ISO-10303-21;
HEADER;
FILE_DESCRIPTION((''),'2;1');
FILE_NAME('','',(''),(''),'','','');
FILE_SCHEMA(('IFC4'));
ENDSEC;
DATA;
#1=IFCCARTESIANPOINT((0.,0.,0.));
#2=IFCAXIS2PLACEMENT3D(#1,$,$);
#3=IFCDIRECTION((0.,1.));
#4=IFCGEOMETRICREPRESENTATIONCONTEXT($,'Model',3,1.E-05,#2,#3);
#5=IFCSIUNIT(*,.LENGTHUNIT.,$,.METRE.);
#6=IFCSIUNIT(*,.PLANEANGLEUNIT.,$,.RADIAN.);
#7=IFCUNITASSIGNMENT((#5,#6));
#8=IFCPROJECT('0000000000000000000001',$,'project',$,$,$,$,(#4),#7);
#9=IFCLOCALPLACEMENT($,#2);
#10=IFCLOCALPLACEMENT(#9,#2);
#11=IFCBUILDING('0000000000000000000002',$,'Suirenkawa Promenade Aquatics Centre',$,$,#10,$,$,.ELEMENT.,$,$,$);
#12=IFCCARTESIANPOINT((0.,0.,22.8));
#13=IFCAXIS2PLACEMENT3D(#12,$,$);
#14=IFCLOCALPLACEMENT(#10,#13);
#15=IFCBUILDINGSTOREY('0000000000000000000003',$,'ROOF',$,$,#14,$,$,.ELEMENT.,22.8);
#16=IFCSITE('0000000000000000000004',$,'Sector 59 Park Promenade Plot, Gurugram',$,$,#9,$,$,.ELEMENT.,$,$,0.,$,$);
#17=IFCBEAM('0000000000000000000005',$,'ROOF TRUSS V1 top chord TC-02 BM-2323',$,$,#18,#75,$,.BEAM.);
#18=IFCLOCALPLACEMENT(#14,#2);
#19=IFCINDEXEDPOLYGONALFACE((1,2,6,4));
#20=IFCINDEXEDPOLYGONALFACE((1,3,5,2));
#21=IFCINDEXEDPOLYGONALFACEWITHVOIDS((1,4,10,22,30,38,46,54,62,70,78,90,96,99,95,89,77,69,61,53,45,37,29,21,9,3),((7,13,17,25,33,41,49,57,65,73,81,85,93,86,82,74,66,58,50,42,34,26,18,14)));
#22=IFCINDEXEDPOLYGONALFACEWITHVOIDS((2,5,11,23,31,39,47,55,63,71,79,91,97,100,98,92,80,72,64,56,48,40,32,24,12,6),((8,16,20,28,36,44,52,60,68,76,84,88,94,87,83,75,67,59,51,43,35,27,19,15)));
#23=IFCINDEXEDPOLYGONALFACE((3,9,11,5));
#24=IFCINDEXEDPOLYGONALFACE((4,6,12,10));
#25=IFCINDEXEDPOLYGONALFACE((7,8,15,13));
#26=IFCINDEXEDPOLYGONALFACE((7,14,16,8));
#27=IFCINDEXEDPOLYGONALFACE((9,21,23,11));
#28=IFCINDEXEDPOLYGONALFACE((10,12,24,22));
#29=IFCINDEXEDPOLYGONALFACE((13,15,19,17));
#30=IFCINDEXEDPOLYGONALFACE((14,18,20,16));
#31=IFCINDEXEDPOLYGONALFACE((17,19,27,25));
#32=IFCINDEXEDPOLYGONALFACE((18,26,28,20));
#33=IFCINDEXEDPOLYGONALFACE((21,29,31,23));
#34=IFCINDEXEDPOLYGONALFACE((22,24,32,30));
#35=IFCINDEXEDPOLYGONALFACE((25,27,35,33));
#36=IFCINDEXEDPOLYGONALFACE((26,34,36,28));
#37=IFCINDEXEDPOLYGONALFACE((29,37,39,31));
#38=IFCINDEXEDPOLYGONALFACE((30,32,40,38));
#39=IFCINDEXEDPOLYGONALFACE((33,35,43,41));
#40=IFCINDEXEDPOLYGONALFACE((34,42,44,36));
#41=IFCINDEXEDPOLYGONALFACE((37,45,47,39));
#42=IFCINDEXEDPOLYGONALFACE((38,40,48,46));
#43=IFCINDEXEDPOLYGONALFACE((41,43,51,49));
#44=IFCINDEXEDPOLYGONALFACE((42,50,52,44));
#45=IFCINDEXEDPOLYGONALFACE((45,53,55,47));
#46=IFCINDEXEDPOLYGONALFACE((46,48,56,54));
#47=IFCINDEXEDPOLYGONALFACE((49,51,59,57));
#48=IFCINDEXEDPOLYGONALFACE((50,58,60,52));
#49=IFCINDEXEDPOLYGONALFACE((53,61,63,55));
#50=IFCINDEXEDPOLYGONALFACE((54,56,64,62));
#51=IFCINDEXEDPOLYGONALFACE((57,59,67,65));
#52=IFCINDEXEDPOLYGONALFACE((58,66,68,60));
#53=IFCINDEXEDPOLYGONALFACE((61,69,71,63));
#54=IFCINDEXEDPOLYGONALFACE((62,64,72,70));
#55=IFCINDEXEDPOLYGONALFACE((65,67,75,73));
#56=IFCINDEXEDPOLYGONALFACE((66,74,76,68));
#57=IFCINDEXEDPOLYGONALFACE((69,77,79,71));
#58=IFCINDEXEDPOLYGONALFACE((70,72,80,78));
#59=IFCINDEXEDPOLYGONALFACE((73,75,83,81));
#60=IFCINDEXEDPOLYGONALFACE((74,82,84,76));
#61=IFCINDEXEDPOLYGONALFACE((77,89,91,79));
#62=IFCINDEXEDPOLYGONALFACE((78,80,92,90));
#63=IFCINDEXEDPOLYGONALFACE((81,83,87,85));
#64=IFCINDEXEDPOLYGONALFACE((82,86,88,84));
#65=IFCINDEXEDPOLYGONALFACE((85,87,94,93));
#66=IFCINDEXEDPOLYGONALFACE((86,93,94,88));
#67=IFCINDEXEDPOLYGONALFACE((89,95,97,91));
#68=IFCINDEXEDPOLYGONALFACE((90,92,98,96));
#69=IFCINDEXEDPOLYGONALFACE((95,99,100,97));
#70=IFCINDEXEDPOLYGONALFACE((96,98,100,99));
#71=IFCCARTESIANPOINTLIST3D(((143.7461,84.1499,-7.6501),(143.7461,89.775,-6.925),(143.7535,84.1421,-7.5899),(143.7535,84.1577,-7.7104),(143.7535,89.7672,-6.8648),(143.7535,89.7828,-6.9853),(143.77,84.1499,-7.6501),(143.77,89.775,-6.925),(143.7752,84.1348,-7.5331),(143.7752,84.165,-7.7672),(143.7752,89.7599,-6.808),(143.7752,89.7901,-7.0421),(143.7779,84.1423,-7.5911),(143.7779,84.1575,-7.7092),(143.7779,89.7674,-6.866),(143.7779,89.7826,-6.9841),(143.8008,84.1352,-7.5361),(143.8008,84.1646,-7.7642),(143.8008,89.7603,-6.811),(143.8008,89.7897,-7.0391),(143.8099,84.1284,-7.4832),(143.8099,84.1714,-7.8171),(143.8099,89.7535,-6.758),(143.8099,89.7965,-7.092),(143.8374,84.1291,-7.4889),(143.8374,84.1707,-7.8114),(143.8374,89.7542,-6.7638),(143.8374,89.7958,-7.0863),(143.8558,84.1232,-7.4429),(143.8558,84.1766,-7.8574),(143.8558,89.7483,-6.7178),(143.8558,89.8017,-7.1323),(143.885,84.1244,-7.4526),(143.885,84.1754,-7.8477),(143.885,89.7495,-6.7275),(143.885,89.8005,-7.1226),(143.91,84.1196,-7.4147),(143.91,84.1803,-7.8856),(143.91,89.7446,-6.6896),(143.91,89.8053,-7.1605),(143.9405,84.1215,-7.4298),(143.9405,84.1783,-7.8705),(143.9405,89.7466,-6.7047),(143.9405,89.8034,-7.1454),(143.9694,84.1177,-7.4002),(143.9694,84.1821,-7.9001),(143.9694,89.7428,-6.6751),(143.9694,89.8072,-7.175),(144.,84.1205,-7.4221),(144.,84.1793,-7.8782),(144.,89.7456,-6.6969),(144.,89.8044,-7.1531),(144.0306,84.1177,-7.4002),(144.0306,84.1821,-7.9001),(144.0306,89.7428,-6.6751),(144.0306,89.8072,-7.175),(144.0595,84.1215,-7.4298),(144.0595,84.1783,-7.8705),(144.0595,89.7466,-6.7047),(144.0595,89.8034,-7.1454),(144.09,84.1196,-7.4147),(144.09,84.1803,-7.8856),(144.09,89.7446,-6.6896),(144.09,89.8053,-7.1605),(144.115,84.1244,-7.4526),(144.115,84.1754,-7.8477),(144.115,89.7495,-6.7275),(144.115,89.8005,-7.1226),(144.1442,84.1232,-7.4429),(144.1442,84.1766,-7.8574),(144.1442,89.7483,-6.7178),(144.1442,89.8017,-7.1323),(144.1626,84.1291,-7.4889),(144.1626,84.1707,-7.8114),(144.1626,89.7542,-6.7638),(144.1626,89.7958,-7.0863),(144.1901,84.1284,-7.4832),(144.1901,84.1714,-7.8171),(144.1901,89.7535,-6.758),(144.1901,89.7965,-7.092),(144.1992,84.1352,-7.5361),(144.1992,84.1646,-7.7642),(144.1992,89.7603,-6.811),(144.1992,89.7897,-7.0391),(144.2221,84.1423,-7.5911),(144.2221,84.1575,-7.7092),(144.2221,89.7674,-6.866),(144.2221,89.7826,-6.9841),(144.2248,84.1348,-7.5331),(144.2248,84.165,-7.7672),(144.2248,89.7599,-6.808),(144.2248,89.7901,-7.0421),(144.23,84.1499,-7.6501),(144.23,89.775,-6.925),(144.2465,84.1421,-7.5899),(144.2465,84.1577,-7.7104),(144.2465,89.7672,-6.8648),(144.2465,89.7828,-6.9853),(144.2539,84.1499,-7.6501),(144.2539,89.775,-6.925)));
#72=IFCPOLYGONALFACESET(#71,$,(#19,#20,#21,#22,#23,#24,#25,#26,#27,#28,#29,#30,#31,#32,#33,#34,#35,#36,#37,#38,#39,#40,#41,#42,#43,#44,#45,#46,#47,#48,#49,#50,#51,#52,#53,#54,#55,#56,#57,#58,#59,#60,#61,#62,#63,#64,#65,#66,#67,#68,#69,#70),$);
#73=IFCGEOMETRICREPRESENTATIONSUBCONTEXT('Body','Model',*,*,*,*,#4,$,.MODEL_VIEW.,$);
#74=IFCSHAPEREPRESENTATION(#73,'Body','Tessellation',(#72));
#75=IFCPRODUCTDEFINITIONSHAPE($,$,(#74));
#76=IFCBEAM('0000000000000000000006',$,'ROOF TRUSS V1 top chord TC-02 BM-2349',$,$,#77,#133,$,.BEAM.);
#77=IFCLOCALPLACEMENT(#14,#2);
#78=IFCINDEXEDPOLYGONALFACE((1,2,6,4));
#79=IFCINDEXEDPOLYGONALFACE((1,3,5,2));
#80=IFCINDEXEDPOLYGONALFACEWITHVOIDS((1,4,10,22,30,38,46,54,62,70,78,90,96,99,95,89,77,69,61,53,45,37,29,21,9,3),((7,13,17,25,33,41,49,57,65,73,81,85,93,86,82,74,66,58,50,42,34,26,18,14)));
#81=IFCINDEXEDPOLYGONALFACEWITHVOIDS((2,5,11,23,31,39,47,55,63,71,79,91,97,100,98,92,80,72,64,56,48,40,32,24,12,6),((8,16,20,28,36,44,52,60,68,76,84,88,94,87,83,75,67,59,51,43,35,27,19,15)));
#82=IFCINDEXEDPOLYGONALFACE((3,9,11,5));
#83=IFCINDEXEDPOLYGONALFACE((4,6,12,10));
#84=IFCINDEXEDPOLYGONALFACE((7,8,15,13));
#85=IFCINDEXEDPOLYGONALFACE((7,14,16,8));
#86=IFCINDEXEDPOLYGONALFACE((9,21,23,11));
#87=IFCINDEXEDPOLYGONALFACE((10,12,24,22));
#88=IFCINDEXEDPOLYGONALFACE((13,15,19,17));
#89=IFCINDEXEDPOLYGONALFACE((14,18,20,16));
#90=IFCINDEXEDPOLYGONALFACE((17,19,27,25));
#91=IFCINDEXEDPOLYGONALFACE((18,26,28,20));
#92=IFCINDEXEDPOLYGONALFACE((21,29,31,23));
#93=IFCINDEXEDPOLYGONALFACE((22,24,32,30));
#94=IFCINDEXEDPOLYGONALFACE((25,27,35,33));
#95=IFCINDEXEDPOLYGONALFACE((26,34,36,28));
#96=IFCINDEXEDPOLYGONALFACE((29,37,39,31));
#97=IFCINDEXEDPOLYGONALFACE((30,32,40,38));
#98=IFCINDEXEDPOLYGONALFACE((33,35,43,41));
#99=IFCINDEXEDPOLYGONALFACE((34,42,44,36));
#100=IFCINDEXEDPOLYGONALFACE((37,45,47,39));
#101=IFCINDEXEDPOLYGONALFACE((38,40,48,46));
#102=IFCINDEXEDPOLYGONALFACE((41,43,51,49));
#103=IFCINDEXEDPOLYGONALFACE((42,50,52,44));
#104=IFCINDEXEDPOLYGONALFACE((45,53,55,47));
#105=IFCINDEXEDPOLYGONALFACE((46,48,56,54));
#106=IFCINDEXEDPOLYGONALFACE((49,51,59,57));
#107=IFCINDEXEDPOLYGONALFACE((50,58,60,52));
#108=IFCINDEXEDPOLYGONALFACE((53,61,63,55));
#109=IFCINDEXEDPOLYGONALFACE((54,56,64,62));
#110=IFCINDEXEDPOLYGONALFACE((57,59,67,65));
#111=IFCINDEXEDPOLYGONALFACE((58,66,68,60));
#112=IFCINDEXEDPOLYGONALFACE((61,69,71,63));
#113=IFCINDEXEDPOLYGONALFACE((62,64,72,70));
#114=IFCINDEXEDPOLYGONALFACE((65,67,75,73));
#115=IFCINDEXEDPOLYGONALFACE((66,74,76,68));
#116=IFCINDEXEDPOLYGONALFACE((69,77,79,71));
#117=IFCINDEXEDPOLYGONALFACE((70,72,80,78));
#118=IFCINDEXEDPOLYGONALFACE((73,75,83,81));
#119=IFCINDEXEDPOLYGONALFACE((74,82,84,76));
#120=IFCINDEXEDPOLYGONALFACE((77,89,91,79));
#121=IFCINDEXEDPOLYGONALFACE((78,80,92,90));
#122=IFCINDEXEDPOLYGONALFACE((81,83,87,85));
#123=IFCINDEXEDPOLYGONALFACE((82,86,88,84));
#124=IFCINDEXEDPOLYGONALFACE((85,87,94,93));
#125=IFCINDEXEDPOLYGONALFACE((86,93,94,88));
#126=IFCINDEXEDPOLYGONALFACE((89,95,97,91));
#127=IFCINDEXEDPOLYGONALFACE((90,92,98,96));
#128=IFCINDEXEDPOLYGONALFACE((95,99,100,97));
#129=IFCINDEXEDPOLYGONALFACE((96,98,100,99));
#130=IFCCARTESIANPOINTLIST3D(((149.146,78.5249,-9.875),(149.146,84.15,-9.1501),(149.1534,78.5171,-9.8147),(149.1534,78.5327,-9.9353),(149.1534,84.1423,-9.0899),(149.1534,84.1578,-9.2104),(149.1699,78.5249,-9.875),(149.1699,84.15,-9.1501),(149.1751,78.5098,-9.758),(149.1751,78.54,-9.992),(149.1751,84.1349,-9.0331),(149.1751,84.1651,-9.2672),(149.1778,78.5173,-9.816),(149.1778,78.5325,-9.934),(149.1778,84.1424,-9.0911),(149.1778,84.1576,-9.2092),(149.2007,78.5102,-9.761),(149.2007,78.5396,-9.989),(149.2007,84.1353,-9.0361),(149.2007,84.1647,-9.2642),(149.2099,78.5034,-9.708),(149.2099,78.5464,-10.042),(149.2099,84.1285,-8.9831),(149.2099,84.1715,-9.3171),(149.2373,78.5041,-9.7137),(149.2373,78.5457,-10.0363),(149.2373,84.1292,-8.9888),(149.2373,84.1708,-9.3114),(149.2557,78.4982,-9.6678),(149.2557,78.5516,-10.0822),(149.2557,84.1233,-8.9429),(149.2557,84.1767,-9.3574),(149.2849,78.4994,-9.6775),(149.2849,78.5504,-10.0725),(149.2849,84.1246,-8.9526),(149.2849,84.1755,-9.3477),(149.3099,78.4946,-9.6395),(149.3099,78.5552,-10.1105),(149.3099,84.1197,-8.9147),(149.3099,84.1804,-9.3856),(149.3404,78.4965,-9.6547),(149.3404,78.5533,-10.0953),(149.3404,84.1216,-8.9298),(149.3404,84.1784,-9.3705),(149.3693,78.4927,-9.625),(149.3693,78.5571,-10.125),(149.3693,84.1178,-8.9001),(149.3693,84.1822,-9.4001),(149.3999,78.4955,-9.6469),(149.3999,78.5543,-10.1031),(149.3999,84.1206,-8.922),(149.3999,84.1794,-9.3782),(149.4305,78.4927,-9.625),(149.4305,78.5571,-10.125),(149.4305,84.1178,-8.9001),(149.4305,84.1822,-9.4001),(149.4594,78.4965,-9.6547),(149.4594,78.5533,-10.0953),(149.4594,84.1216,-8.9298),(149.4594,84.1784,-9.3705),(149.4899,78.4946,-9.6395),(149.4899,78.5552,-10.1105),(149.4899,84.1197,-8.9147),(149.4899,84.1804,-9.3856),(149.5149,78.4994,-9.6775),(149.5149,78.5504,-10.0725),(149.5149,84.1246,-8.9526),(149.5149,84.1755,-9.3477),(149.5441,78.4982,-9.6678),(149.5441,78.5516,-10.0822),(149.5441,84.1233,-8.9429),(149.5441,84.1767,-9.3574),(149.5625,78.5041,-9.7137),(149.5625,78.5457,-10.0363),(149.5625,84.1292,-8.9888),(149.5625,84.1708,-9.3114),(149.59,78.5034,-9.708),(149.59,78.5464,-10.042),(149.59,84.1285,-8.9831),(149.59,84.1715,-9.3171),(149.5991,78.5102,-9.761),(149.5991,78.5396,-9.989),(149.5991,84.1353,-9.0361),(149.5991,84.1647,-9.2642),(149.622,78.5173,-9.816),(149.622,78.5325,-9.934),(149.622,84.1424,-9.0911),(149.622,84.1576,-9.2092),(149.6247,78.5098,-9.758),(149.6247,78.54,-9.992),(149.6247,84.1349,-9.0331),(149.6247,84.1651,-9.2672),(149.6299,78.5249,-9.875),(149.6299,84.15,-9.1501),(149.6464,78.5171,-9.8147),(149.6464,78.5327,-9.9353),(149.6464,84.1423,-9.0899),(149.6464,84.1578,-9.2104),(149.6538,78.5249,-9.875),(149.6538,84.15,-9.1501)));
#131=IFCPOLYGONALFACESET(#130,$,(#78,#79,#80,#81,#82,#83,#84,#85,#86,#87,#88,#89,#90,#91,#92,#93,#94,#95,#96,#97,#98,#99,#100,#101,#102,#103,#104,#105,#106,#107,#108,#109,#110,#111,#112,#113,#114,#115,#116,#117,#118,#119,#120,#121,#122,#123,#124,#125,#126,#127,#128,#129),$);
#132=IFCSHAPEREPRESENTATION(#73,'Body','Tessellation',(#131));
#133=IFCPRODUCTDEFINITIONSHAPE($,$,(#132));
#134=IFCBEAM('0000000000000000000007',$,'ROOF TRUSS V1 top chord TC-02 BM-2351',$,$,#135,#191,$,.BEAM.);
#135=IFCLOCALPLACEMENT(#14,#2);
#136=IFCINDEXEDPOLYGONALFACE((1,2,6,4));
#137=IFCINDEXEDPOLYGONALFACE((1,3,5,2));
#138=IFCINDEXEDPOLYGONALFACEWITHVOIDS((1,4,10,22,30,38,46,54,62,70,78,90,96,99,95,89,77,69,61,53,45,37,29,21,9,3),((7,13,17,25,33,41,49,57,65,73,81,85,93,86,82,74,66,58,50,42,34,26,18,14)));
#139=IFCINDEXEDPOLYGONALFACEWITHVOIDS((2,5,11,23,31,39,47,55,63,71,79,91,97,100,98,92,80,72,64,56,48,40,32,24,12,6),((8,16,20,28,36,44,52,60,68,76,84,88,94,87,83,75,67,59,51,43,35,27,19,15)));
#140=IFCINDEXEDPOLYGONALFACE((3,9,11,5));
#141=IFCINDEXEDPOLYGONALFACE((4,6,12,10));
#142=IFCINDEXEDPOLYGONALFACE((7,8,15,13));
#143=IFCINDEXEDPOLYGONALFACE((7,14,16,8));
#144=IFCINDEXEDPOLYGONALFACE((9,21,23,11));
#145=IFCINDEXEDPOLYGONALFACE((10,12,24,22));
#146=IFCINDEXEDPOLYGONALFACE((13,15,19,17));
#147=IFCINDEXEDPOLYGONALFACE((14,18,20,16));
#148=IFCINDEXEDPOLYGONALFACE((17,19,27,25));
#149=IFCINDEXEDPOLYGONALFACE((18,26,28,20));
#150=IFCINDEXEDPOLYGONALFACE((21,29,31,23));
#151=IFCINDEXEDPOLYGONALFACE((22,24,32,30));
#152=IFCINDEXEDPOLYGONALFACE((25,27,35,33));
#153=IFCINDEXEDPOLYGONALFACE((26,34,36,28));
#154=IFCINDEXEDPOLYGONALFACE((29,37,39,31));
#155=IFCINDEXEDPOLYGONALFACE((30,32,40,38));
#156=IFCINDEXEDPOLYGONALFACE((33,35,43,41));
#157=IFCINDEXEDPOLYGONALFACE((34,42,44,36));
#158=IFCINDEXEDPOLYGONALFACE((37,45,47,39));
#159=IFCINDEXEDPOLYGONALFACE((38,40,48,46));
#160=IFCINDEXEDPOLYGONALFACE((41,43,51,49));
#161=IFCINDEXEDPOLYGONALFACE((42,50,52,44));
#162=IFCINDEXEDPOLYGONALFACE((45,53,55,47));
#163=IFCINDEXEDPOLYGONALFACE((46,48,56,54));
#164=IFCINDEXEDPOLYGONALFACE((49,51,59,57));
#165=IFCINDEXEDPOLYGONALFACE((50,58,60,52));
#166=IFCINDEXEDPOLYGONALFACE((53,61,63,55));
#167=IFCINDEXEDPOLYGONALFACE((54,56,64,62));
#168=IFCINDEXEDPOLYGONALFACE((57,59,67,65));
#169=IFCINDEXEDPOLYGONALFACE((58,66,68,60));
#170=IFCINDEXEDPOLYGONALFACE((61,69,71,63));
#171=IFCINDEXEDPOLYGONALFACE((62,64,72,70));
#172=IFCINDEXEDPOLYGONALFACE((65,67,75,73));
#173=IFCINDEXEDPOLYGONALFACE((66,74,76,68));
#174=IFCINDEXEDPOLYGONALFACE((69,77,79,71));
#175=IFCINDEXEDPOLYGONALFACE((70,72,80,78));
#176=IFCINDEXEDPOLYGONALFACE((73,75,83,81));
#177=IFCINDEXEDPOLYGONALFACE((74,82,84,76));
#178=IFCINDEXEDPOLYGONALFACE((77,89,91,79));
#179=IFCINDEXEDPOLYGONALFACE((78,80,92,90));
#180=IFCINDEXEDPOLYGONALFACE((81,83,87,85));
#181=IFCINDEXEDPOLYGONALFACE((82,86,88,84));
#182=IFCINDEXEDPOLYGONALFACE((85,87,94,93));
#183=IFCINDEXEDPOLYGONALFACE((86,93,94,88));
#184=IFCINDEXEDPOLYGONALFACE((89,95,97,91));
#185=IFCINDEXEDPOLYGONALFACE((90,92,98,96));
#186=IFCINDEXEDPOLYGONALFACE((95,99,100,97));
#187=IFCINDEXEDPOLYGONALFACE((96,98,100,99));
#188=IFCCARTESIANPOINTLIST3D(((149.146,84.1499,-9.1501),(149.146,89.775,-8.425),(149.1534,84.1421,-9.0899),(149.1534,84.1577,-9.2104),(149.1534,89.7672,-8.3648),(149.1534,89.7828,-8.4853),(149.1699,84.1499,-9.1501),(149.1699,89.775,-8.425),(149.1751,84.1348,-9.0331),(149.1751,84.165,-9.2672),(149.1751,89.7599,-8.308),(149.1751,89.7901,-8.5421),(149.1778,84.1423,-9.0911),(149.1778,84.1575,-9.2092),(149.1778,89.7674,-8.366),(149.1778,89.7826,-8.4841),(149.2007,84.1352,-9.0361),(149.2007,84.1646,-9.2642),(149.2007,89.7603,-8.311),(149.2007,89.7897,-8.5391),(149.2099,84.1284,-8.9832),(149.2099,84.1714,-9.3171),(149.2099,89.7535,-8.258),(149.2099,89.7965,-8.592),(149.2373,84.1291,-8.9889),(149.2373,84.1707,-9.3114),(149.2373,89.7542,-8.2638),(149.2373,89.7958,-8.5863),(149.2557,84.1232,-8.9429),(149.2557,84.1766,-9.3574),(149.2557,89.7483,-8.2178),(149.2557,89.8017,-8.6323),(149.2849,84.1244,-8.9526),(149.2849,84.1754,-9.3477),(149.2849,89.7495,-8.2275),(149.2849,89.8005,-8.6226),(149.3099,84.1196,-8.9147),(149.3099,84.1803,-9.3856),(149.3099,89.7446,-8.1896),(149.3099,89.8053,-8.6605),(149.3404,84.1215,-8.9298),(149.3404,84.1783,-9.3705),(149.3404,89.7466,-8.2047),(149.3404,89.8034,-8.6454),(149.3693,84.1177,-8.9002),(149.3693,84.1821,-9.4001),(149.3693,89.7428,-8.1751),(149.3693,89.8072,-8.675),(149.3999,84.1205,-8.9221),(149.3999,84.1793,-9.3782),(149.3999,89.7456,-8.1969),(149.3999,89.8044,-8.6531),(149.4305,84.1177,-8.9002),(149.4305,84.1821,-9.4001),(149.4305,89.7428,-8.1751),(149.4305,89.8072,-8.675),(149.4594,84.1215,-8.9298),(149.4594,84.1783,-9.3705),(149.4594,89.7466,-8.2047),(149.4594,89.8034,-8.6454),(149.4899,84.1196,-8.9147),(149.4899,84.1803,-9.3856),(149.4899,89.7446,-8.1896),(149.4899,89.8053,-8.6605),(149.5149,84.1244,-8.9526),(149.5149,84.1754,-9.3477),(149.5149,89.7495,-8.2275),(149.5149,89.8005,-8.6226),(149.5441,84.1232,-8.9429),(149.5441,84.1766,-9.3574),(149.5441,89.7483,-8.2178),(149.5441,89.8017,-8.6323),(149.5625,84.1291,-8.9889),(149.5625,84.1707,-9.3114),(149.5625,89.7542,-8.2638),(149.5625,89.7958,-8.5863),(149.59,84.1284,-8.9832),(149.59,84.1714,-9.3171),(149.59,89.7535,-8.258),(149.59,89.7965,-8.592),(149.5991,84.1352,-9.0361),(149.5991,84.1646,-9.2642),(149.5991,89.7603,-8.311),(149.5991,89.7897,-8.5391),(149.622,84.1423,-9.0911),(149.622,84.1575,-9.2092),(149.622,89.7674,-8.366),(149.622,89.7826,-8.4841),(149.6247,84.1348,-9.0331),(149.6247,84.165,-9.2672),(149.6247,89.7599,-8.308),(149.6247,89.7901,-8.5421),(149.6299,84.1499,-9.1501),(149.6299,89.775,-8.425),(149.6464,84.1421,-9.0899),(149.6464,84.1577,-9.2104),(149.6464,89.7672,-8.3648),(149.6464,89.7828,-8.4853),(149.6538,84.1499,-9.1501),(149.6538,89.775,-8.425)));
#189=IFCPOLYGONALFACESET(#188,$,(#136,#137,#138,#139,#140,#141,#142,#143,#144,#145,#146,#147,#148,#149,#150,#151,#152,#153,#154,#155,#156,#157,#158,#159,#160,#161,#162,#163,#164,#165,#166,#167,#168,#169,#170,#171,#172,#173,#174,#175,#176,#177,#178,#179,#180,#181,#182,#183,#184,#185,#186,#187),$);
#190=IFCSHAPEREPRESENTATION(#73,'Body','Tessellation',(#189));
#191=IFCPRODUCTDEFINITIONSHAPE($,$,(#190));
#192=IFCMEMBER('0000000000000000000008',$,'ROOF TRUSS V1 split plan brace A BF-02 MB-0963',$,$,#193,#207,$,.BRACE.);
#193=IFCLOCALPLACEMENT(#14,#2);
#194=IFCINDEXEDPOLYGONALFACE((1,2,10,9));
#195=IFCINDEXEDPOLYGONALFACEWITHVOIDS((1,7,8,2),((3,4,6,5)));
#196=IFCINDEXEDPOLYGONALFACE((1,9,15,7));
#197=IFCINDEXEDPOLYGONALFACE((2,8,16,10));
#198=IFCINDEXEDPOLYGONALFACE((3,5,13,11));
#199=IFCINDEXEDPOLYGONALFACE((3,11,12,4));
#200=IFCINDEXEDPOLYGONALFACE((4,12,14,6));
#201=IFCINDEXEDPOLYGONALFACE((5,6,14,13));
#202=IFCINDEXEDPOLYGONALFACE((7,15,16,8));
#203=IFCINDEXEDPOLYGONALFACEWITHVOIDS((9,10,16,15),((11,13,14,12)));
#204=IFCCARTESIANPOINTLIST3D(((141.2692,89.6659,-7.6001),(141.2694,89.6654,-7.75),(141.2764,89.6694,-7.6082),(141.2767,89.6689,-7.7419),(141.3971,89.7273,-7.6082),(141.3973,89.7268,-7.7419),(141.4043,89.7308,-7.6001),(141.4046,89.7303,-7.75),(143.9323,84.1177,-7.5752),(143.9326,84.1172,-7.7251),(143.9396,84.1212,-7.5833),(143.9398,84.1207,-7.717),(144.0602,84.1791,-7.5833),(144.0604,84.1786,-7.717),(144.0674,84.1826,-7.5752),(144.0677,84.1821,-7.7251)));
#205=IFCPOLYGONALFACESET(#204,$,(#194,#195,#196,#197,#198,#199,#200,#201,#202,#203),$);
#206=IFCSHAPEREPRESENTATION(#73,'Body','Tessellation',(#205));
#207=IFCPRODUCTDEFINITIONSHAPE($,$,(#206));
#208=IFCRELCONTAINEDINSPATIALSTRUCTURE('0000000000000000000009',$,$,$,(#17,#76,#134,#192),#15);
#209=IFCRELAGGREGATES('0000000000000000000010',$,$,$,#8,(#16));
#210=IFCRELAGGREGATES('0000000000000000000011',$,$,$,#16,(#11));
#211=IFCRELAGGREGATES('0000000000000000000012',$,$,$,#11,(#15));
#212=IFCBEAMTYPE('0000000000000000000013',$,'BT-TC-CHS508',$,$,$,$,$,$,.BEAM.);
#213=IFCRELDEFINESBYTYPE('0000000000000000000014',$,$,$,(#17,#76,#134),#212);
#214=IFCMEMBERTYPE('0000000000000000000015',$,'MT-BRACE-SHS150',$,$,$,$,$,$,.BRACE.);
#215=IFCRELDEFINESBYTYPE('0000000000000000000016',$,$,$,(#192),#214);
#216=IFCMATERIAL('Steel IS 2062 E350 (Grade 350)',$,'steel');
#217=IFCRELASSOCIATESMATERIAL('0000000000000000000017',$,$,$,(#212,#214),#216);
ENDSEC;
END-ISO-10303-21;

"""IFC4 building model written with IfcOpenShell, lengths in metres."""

from ifc_helpers import new_model, si_unit, direction, frame, origin, origin_2d, place, context, subcontext, project, spatial, hollow_rectangle, hollow_circle, extrude, material, material_profile, profile_set, type_object, element, save


model = new_model("IFC4")

# Units and contexts
model_context = context("Model", 3, precision=1e-05, world=origin(), true_north=direction((0.0, 1.0)))
body_context = subcontext(model_context, "Body", "Model", "MODEL_VIEW")
ifc_project = project(units=[si_unit("LENGTHUNIT", "METRE"), si_unit("PLANEANGLEUNIT", "RADIAN")], contexts=[model_context])

# Site, building, storey
site_placement = place(None, origin())
site = spatial("IfcSite", under=ifc_project, at=site_placement, Name="Sector 59 Park Promenade Plot, Gurugram", CompositionType="ELEMENT", RefElevation=0.0)
building_placement = place(site_placement, origin())
building = spatial("IfcBuilding", under=site, at=building_placement, Name="Suirenkawa Promenade Aquatics Centre", CompositionType="ELEMENT")
storey_placement = place(building_placement, frame((0.0, 0.0, 22.8)))
storey = spatial("IfcBuildingStorey", under=building, at=storey_placement, Name="ROOF", CompositionType="ELEMENT", Elevation=22.8)

# Beams
ifc_material = material(Name="Steel IS 2062 E350 (Grade 350)", Category="steel")
ifc_material_profile_1 = material_profile(ifc_material, hollow_circle(Radius=0.2539, WallThickness=0.0239, at=origin_2d()), Name="CHS 508x24", Category="steel")
ifc_profile_set_1 = profile_set([ifc_material_profile_1], Name="Steel IS 2062 E350 (Grade 350)")
beam_type_1 = type_object("IfcBeamType", Name="BT-TC-CHS508", PredefinedType="BEAM", material=ifc_profile_set_1)
for number, where, z_axis, x_axis, name in (
    (1, (144.0, 84.1499, -7.6501), (0.0, 0.991794, 0.127848), (-1.0, 0.0, 0.0), "ROOF TRUSS V1 top chord TC-02 BM-2323"),
    (2, (149.3999, 78.5249, -9.875), (0.0, 0.991799, 0.127806), (-1.0, 0.0, 0.0), "ROOF TRUSS V1 top chord TC-02 BM-2349"),
    (3, (149.3999, 84.1499, -9.1501), (0.0, 0.991794, 0.127848), (-1.0, 0.0, 0.0), "ROOF TRUSS V1 top chord TC-02 BM-2351"),
):
    element("IfcBeam", number, at=place(storey_placement, frame(where, z_axis=z_axis, x_axis=x_axis)), inside=storey, type_object=beam_type_1, Name=name, PredefinedType="BEAM", context=body_context, shape_type="SweptSolid", body=[
        extrude(hollow_circle(Radius=0.2539, WallThickness=0.0239, at=origin_2d()), origin(), (0.0, 0.0, 1.0), 5.6716),
    ])

# Member
ifc_material_profile_2 = material_profile(ifc_material, hollow_rectangle(XDim=0.1499, YDim=0.1499, WallThickness=0.0081, at=origin_2d()), Name="SHS 150x150x8", Category="steel")
ifc_profile_set_2 = profile_set([ifc_material_profile_2], Name="Steel IS 2062 E350 (Grade 350)")
member_type_1 = type_object("IfcMemberType", Name="MT-BRACE-SHS150", PredefinedType="BRACE", material=ifc_profile_set_2)
member_1_placement = place(storey_placement, frame((144.0, 84.1499, -7.6501), z_axis=(-0.432728, 0.901516, -0.004046), x_axis=(-0.901523, -0.432731, 0.0)))
element("IfcMember", 4, at=member_1_placement, inside=storey, type_object=member_type_1, Name="ROOF TRUSS V1 split plan brace A BF-02 MB-0963", PredefinedType="BRACE", context=body_context, shape_type="SweptSolid", body=[
    extrude(hollow_rectangle(XDim=0.1499, YDim=0.1499, WallThickness=0.0081, at=origin_2d()), origin(), (0.0, 0.0, 1.0), 6.1543),
])

save(model, "model.ifc")
